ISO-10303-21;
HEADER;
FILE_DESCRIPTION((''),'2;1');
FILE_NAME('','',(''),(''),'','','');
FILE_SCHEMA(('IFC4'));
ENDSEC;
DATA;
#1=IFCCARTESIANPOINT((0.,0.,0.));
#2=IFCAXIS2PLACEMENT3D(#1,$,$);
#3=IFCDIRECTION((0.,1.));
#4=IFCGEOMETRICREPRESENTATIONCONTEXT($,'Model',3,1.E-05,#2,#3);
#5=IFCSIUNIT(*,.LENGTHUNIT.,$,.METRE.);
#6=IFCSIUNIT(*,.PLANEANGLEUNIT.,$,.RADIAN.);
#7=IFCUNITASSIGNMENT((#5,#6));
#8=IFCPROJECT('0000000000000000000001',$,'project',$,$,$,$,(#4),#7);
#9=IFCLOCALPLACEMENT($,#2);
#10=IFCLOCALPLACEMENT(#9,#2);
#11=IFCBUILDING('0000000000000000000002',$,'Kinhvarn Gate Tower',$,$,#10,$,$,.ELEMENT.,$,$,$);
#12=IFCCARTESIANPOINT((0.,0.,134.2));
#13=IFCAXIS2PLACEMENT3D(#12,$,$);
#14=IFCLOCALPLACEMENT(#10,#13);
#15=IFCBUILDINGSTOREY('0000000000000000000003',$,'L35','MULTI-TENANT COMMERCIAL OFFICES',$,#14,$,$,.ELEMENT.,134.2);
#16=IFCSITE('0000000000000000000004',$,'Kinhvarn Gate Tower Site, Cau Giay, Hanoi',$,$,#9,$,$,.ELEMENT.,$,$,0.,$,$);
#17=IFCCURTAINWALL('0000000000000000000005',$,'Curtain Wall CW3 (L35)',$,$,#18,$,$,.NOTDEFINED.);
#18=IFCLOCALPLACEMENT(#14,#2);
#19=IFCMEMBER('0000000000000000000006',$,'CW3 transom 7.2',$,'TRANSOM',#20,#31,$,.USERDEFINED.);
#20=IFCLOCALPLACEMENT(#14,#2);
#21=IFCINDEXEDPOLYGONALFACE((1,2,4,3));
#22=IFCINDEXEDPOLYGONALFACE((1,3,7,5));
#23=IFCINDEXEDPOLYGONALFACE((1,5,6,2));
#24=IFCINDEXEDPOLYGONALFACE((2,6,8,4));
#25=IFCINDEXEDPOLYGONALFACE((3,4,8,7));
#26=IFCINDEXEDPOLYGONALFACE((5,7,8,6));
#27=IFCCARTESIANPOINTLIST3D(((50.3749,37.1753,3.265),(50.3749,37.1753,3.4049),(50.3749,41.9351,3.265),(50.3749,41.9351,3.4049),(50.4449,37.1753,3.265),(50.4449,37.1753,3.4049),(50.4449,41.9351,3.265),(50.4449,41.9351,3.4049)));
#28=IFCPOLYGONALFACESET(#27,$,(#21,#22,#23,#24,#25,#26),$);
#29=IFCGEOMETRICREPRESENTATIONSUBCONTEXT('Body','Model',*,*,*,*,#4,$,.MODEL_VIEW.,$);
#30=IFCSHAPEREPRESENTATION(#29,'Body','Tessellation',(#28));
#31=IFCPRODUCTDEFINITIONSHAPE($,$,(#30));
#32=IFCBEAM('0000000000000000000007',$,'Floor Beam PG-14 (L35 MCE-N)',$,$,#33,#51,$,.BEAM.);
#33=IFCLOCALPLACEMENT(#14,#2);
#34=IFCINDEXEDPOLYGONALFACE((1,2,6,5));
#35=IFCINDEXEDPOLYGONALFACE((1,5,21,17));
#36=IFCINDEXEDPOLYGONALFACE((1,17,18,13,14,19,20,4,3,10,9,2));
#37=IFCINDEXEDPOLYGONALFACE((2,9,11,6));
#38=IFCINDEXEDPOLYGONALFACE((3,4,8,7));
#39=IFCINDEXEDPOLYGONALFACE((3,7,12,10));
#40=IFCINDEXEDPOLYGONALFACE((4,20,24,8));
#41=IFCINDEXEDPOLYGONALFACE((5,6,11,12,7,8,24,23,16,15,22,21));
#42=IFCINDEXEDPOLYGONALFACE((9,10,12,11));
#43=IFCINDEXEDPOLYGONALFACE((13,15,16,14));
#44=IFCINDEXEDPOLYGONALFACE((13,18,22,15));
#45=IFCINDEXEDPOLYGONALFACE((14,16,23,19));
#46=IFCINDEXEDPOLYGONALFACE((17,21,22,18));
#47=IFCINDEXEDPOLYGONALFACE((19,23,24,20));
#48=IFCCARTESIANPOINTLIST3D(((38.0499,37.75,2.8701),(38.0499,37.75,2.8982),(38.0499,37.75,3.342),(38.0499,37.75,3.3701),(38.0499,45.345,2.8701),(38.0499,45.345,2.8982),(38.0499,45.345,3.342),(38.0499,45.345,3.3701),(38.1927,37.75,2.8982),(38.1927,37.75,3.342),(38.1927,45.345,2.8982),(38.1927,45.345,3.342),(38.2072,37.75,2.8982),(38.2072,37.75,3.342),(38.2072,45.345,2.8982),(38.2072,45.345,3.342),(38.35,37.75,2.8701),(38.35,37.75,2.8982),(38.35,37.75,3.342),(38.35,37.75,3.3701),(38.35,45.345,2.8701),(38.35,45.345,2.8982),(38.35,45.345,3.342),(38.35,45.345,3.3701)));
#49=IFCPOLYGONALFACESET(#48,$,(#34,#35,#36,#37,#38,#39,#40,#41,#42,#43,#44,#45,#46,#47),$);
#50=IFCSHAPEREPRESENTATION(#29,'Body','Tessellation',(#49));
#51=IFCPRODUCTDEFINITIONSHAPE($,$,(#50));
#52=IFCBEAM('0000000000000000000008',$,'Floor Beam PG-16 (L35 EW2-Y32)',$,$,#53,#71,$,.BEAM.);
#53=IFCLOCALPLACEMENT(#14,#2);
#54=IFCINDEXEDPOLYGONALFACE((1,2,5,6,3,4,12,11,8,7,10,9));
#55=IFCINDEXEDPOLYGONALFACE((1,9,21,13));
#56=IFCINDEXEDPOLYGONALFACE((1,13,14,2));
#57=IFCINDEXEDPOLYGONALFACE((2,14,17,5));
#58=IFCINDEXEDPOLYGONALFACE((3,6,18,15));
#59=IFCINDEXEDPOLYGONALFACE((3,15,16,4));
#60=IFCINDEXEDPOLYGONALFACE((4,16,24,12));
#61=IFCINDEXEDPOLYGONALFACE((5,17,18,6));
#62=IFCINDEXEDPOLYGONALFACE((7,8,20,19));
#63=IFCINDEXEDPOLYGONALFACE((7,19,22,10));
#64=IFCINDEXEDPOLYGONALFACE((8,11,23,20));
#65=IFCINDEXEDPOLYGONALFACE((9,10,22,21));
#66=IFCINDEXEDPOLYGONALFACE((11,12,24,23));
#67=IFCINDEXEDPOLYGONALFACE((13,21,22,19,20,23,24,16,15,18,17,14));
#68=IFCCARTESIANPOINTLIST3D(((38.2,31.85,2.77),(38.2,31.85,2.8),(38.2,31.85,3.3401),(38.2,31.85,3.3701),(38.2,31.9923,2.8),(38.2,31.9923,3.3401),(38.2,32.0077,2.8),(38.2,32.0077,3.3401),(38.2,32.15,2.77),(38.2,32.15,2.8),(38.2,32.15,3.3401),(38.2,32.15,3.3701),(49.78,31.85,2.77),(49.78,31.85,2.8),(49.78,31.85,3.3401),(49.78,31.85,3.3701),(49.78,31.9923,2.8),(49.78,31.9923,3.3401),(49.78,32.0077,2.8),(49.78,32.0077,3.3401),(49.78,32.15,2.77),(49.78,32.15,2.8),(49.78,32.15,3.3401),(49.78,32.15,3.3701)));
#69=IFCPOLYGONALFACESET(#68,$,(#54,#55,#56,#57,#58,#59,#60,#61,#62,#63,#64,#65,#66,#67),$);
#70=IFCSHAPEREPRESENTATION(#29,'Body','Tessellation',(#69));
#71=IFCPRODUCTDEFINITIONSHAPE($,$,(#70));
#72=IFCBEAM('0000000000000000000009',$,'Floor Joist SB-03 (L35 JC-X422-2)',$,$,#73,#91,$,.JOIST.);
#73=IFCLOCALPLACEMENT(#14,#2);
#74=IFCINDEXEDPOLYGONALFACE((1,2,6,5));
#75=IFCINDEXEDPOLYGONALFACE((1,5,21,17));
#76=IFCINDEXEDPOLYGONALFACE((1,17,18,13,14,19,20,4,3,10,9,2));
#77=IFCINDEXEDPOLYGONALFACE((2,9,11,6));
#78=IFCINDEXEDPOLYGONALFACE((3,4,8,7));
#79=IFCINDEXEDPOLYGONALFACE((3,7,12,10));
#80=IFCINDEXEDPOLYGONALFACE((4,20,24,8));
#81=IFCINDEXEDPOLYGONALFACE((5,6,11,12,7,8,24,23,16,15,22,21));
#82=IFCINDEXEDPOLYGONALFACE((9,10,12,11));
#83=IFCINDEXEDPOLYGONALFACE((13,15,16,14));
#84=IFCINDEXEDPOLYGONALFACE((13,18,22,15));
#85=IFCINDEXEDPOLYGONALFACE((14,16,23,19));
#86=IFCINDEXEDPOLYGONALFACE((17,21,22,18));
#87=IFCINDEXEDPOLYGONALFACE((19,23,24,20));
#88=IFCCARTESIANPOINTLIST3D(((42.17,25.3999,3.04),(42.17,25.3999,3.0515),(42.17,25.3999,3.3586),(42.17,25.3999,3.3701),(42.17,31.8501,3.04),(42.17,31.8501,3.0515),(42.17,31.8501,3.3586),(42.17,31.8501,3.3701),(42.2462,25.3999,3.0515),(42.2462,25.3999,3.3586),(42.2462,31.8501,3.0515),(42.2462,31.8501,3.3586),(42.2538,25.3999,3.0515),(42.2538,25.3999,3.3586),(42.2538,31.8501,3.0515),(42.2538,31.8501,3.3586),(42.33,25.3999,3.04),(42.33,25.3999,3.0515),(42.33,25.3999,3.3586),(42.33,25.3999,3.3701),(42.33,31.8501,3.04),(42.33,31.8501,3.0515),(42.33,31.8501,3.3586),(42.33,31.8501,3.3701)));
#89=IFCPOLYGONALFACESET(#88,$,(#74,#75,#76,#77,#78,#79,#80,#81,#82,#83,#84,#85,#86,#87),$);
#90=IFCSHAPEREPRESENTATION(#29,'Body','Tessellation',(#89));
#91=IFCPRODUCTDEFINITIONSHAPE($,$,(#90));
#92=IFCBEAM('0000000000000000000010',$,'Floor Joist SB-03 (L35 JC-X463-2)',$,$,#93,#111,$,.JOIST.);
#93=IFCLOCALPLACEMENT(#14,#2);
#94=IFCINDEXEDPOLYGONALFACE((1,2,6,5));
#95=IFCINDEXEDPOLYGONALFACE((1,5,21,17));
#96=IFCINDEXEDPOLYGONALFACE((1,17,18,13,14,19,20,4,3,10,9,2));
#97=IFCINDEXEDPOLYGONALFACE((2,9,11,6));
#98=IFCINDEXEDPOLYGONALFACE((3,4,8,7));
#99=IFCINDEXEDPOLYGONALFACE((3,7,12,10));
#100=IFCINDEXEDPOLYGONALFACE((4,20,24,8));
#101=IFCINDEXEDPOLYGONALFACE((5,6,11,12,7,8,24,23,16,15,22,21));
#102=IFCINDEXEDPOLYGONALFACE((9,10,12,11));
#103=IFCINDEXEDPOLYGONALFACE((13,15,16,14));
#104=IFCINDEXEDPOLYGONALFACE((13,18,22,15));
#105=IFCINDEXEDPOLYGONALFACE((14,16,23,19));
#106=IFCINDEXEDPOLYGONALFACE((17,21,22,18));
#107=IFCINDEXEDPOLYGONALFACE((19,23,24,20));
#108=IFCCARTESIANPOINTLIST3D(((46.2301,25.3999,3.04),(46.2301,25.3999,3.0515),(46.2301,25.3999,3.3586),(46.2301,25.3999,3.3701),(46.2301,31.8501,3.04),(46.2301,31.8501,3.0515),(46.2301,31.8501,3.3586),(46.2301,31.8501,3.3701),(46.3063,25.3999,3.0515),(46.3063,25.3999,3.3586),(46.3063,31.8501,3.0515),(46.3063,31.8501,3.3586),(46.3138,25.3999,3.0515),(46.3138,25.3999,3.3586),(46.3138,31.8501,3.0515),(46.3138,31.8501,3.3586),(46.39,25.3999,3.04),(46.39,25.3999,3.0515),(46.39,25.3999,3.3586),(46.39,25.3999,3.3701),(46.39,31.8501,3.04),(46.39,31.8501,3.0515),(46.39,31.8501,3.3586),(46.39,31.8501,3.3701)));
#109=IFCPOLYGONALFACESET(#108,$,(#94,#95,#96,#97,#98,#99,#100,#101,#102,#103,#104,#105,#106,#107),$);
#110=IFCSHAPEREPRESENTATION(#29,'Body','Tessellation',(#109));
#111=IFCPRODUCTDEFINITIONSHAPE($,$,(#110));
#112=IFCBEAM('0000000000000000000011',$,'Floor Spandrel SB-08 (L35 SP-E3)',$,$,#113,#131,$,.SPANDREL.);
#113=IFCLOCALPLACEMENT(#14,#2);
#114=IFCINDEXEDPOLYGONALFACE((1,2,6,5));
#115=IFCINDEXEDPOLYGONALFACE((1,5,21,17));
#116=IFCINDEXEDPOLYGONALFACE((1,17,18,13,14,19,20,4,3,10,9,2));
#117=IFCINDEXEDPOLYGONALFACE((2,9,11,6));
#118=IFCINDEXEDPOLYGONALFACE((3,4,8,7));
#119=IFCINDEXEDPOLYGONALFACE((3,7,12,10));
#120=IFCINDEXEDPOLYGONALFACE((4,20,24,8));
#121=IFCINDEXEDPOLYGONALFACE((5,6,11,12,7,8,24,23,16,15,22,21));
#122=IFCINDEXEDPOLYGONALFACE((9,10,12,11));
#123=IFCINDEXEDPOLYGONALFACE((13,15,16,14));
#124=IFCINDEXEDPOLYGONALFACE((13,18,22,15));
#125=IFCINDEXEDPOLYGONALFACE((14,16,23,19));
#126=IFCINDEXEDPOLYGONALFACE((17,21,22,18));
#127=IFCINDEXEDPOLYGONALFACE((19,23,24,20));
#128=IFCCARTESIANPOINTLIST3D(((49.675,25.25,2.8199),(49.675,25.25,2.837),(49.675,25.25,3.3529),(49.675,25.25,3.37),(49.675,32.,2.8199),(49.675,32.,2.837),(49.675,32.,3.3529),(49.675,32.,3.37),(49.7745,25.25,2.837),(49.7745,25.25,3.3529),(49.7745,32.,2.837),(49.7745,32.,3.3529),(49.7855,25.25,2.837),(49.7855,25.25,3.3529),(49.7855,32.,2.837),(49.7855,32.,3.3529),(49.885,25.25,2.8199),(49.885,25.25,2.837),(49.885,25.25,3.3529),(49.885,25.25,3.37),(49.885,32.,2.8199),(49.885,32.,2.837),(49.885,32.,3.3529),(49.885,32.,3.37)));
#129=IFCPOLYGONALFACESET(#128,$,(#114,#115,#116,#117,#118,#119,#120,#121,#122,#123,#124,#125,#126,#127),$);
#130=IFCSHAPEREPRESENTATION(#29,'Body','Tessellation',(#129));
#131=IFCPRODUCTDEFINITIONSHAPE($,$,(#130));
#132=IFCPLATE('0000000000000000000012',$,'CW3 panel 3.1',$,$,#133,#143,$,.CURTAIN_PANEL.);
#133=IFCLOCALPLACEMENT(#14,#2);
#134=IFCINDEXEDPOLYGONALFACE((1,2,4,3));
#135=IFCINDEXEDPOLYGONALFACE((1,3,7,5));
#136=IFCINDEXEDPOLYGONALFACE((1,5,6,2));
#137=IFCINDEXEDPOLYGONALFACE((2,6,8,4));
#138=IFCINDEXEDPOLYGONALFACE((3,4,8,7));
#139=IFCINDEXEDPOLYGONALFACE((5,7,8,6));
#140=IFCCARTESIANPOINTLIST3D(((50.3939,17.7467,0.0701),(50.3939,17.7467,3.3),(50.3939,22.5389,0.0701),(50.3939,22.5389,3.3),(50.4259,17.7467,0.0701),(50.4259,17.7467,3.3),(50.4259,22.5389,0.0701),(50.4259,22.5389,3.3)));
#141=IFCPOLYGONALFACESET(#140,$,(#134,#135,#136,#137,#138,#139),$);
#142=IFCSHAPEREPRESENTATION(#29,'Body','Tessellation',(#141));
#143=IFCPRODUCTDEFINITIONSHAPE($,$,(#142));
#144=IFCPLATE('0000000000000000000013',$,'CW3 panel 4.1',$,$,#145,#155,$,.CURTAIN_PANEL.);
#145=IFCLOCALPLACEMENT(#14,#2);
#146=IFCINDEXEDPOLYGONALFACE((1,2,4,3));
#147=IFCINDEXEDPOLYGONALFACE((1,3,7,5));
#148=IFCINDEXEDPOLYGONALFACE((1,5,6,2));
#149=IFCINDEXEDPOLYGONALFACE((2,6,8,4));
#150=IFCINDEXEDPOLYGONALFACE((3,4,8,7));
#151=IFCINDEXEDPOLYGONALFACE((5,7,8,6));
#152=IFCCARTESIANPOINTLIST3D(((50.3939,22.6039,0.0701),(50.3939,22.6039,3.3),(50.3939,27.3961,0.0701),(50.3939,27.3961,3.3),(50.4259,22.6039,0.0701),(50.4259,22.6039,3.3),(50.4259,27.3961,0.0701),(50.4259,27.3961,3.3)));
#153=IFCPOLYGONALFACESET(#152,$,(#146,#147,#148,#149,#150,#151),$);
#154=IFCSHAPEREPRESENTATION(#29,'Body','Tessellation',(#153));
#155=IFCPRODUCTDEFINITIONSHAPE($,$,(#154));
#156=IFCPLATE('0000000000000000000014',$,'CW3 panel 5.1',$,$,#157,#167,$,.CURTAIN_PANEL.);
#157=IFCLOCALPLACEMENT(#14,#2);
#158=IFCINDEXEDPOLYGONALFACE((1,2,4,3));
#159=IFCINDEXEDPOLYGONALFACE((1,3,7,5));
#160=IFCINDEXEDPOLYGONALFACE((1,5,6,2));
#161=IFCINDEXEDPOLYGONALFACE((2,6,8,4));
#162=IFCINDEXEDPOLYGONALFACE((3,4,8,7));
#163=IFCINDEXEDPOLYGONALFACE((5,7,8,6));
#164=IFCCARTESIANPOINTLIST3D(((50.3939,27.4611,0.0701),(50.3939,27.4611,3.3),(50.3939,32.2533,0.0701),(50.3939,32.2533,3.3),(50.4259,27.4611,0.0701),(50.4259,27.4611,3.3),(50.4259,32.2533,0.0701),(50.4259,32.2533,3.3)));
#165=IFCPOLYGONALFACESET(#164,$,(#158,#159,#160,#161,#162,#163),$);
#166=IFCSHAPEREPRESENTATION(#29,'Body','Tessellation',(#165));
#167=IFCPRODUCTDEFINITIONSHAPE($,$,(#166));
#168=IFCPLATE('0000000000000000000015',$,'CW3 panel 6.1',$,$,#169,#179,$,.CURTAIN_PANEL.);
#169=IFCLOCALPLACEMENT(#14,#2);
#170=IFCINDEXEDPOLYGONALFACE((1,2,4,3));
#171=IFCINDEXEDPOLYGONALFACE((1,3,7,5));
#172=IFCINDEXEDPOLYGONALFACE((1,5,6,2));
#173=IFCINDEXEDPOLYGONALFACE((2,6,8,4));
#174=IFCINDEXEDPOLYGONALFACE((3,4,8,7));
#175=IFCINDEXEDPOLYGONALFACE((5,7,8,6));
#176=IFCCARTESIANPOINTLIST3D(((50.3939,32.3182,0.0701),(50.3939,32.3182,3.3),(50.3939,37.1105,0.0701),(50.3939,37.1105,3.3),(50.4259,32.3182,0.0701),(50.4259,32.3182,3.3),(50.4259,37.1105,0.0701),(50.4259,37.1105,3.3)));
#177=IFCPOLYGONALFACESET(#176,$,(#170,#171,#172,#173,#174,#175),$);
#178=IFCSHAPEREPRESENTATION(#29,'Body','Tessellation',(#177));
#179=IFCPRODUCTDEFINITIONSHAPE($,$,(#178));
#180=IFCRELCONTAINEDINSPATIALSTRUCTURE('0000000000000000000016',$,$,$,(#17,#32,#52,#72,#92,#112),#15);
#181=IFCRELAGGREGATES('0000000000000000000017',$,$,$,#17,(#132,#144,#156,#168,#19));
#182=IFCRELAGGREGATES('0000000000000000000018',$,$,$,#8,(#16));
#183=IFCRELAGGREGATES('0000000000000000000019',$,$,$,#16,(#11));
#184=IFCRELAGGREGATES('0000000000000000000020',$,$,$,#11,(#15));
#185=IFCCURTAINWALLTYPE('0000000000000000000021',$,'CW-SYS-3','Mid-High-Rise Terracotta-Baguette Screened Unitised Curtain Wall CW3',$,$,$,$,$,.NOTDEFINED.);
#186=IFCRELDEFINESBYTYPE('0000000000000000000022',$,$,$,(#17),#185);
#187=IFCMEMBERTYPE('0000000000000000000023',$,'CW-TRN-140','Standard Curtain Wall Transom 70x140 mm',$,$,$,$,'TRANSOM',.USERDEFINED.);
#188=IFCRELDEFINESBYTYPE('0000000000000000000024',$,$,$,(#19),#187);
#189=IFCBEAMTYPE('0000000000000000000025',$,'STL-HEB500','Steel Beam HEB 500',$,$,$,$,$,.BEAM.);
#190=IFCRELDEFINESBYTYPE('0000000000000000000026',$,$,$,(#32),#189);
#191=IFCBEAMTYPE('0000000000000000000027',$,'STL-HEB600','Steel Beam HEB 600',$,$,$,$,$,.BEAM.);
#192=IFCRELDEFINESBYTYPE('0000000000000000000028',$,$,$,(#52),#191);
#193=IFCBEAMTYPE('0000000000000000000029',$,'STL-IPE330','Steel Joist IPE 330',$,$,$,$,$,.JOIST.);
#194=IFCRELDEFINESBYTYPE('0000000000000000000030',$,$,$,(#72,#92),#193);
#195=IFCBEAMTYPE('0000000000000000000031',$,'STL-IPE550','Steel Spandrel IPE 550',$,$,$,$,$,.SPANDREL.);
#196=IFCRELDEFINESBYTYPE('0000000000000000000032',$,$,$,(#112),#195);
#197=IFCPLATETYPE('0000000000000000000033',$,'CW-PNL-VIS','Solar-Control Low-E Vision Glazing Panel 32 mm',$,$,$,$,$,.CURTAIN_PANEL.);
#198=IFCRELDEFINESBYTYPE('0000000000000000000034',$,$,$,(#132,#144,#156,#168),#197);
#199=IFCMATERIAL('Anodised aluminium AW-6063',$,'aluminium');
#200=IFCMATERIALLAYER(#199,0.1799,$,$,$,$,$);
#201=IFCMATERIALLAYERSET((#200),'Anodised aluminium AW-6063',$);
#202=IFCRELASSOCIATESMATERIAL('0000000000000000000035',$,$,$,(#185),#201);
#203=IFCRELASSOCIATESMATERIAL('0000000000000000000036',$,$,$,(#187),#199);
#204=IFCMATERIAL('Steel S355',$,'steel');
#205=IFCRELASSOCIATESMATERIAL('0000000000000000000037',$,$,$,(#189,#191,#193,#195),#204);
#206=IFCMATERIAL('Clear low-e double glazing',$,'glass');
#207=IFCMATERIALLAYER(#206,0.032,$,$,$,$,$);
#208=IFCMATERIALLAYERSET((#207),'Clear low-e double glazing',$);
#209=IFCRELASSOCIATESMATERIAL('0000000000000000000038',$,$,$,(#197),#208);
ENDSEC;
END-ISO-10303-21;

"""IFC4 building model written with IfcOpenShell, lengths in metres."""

from ifc_helpers import new_model, si_unit, direction, frame, origin, origin_2d, place, context, subcontext, project, spatial, rectangle, i_section, extrude, material, layer, layer_set, material_profile, profile_set, type_object, element, aggregate, save


model = new_model("IFC4")

# Units and contexts
model_context = context("Model", 3, precision=1e-05, world=origin(), true_north=direction((0.0, 1.0)))
body_context = subcontext(model_context, "Body", "Model", "MODEL_VIEW")
ifc_project = project(units=[si_unit("LENGTHUNIT", "METRE"), si_unit("PLANEANGLEUNIT", "RADIAN")], contexts=[model_context])

# Site, building, storey
site_placement = place(None, origin())
site = spatial("IfcSite", under=ifc_project, at=site_placement, Name="Kinhvarn Gate Tower Site, Cau Giay, Hanoi", CompositionType="ELEMENT", RefElevation=0.0)
building_placement = place(site_placement, origin())
building = spatial("IfcBuilding", under=site, at=building_placement, Name="Kinhvarn Gate Tower", CompositionType="ELEMENT")
storey_placement = place(building_placement, frame((0.0, 0.0, 134.2)))
storey = spatial("IfcBuildingStorey", under=building, at=storey_placement, Name="L35", Description="MULTI-TENANT COMMERCIAL OFFICES", CompositionType="ELEMENT", Elevation=134.2)

# Curtain wall, member
ifc_material_1 = material(Name="Anodised aluminium AW-6063", Category="aluminium")
ifc_layer_1 = layer(ifc_material_1, 0.1799)
ifc_layer_set_1 = layer_set([ifc_layer_1], Name="Anodised aluminium AW-6063")
curtain_wall_type = type_object("IfcCurtainWallType", Name="CW-SYS-3", Description="Mid-High-Rise Terracotta-Baguette Screened Unitised Curtain Wall CW3", PredefinedType="NOTDEFINED", material=ifc_layer_set_1)
curtain_wall_placement = place(storey_placement, origin())
curtain_wall = element("IfcCurtainWall", 1, at=curtain_wall_placement, inside=storey, type_object=curtain_wall_type, Name="Curtain Wall CW3 (L35)", PredefinedType="NOTDEFINED")
ifc_material_profile_1 = material_profile(ifc_material_1, rectangle(XDim=0.0701, YDim=0.1399, at=origin_2d()), Name="ALU 70x140")
ifc_profile_set_1 = profile_set([ifc_material_profile_1], Name="Anodised aluminium AW-6063")
member_type_1 = type_object("IfcMemberType", Name="CW-TRN-140", Description="Standard Curtain Wall Transom 70x140 mm", ElementType="TRANSOM", PredefinedType="USERDEFINED", material=ifc_profile_set_1)
member_1_placement = place(storey_placement, frame((50.4099, 37.1753, 3.335), z_axis=(0.0, 1.0, 0.0), x_axis=(-1.0, 0.0, 0.0)))
member_1 = element("IfcMember", 2, at=member_1_placement, type_object=member_type_1, Name="CW3 transom 7.2", ObjectType="TRANSOM", PredefinedType="USERDEFINED", context=body_context, shape_type="SweptSolid", body=[
    extrude(rectangle(XDim=0.0701, YDim=0.1399, at=origin_2d()), origin(), (0.0, 0.0, 1.0), 4.7598),
])

# Beams
ifc_material_2 = material(Name="Steel S355", Category="steel")
ifc_material_profile_2 = material_profile(ifc_material_2, i_section(OverallWidth=0.3, OverallDepth=0.5, WebThickness=0.0144, FlangeThickness=0.0281, at=origin_2d()), Name="HEB 500")
ifc_profile_set_2 = profile_set([ifc_material_profile_2], Name="Steel S355")
beam_type_1 = type_object("IfcBeamType", Name="STL-HEB500", Description="Steel Beam HEB 500", PredefinedType="BEAM", material=ifc_profile_set_2)
beam_1_placement = place(storey_placement, frame((38.2, 37.75, 3.1201), z_axis=(0.0, 1.0, 0.0), x_axis=(-1.0, 0.0, 0.0)))
element("IfcBeam", 3, at=beam_1_placement, inside=storey, type_object=beam_type_1, Name="Floor Beam PG-14 (L35 MCE-N)", PredefinedType="BEAM", context=body_context, shape_type="SweptSolid", body=[
    extrude(i_section(OverallWidth=0.3, OverallDepth=0.5, WebThickness=0.0144, FlangeThickness=0.0281, at=origin_2d()), origin(), (0.0, 0.0, 1.0), 7.595),
])
ifc_material_profile_3 = material_profile(ifc_material_2, i_section(OverallWidth=0.3, OverallDepth=0.6001, WebThickness=0.0154, FlangeThickness=0.03, at=origin_2d()), Name="HEB 600")
ifc_profile_set_3 = profile_set([ifc_material_profile_3], Name="Steel S355")
beam_type_2 = type_object("IfcBeamType", Name="STL-HEB600", Description="Steel Beam HEB 600", PredefinedType="BEAM", material=ifc_profile_set_3)
beam_2_placement = place(storey_placement, frame((38.2, 32.0, 3.0701), z_axis=(1.0, 0.0, 0.0), x_axis=(0.0, 1.0, 0.0)))
element("IfcBeam", 4, at=beam_2_placement, inside=storey, type_object=beam_type_2, Name="Floor Beam PG-16 (L35 EW2-Y32)", PredefinedType="BEAM", context=body_context, shape_type="SweptSolid", body=[
    extrude(i_section(OverallWidth=0.3, OverallDepth=0.6001, WebThickness=0.0154, FlangeThickness=0.03, at=origin_2d()), origin(), (0.0, 0.0, 1.0), 11.5801),
])
ifc_material_profile_4 = material_profile(ifc_material_2, i_section(OverallWidth=0.1599, OverallDepth=0.3301, WebThickness=0.0076, FlangeThickness=0.0115, at=origin_2d()), Name="IPE 330")
ifc_profile_set_4 = profile_set([ifc_material_profile_4], Name="Steel S355")
beam_type_3 = type_object("IfcBeamType", Name="STL-IPE330", Description="Steel Joist IPE 330", PredefinedType="JOIST", material=ifc_profile_set_4)
for number, where, z_axis, x_axis, name in (
    (5, (42.25, 25.3999, 3.2051), (0.0, 1.0, 0.0), (-1.0, 0.0, 0.0), "Floor Joist SB-03 (L35 JC-X422-2)"),
    (6, (46.3101, 25.3999, 3.2051), (0.0, 1.0, 0.0), (-1.0, 0.0, 0.0), "Floor Joist SB-03 (L35 JC-X463-2)"),
):
    element("IfcBeam", number, at=place(storey_placement, frame(where, z_axis=z_axis, x_axis=x_axis)), inside=storey, type_object=beam_type_3, Name=name, PredefinedType="JOIST", context=body_context, shape_type="SweptSolid", body=[
        extrude(i_section(OverallWidth=0.1599, OverallDepth=0.3301, WebThickness=0.0076, FlangeThickness=0.0115, at=origin_2d()), origin(), (0.0, 0.0, 1.0), 6.4502),
    ])
ifc_material_profile_5 = material_profile(ifc_material_2, i_section(OverallWidth=0.21, OverallDepth=0.55, WebThickness=0.011, FlangeThickness=0.0171, at=origin_2d()), Name="IPE 550")
ifc_profile_set_5 = profile_set([ifc_material_profile_5], Name="Steel S355")
beam_type_4 = type_object("IfcBeamType", Name="STL-IPE550", Description="Steel Spandrel IPE 550", PredefinedType="SPANDREL", material=ifc_profile_set_5)
beam_3_placement = place(storey_placement, frame((49.78, 25.25, 3.095), z_axis=(0.0, 1.0, 0.0), x_axis=(-1.0, 0.0, 0.0)))
element("IfcBeam", 7, at=beam_3_placement, inside=storey, type_object=beam_type_4, Name="Floor Spandrel SB-08 (L35 SP-E3)", PredefinedType="SPANDREL", context=body_context, shape_type="SweptSolid", body=[
    extrude(i_section(OverallWidth=0.21, OverallDepth=0.55, WebThickness=0.011, FlangeThickness=0.0171, at=origin_2d()), origin(), (0.0, 0.0, 1.0), 6.75),
])

# Plates
ifc_material_3 = material(Name="Clear low-e double glazing", Category="glass")
ifc_layer_2 = layer(ifc_material_3, 0.032)
ifc_layer_set_2 = layer_set([ifc_layer_2], Name="Clear low-e double glazing")
plate_type = type_object("IfcPlateType", Name="CW-PNL-VIS", Description="Solar-Control Low-E Vision Glazing Panel 32 mm", PredefinedType="CURTAIN_PANEL", material=ifc_layer_set_2)
plate_1_placement = place(storey_placement, frame((50.4099, 20.1428, 0.0701), z_axis=(0.0, 0.0, 1.0), x_axis=(0.0, 1.0, 0.0)))
plate_1 = element("IfcPlate", 8, at=plate_1_placement, type_object=plate_type, Name="CW3 panel 3.1", PredefinedType="CURTAIN_PANEL", context=body_context, shape_type="SweptSolid", body=[
    extrude(rectangle(XDim=4.7922, YDim=0.032, at=origin_2d()), origin(), (0.0, 0.0, 1.0), 3.23),
])
plate_2_placement = place(storey_placement, frame((50.4099, 25.0, 0.0701), z_axis=(0.0, 0.0, 1.0), x_axis=(0.0, 1.0, 0.0)))
plate_2 = element("IfcPlate", 9, at=plate_2_placement, type_object=plate_type, Name="CW3 panel 4.1", PredefinedType="CURTAIN_PANEL", context=body_context, shape_type="SweptSolid", body=[
    extrude(rectangle(XDim=4.7922, YDim=0.032, at=origin_2d()), origin(), (0.0, 0.0, 1.0), 3.23),
])
plate_3_placement = place(storey_placement, frame((50.4099, 29.8572, 0.0701), z_axis=(0.0, 0.0, 1.0), x_axis=(0.0, 1.0, 0.0)))
plate_3 = element("IfcPlate", 10, at=plate_3_placement, type_object=plate_type, Name="CW3 panel 5.1", PredefinedType="CURTAIN_PANEL", context=body_context, shape_type="SweptSolid", body=[
    extrude(rectangle(XDim=4.7922, YDim=0.032, at=origin_2d()), origin(), (0.0, 0.0, 1.0), 3.23),
])
plate_4_placement = place(storey_placement, frame((50.4099, 34.7144, 0.0701), z_axis=(0.0, 0.0, 1.0), x_axis=(0.0, 1.0, 0.0)))
plate_4 = element("IfcPlate", 11, at=plate_4_placement, type_object=plate_type, Name="CW3 panel 6.1", PredefinedType="CURTAIN_PANEL", context=body_context, shape_type="SweptSolid", body=[
    extrude(rectangle(XDim=4.7922, YDim=0.032, at=origin_2d()), origin(), (0.0, 0.0, 1.0), 3.23),
])
aggregate(curtain_wall, [plate_1, plate_2, plate_3, plate_4, member_1])

save(model, "model.ifc")
